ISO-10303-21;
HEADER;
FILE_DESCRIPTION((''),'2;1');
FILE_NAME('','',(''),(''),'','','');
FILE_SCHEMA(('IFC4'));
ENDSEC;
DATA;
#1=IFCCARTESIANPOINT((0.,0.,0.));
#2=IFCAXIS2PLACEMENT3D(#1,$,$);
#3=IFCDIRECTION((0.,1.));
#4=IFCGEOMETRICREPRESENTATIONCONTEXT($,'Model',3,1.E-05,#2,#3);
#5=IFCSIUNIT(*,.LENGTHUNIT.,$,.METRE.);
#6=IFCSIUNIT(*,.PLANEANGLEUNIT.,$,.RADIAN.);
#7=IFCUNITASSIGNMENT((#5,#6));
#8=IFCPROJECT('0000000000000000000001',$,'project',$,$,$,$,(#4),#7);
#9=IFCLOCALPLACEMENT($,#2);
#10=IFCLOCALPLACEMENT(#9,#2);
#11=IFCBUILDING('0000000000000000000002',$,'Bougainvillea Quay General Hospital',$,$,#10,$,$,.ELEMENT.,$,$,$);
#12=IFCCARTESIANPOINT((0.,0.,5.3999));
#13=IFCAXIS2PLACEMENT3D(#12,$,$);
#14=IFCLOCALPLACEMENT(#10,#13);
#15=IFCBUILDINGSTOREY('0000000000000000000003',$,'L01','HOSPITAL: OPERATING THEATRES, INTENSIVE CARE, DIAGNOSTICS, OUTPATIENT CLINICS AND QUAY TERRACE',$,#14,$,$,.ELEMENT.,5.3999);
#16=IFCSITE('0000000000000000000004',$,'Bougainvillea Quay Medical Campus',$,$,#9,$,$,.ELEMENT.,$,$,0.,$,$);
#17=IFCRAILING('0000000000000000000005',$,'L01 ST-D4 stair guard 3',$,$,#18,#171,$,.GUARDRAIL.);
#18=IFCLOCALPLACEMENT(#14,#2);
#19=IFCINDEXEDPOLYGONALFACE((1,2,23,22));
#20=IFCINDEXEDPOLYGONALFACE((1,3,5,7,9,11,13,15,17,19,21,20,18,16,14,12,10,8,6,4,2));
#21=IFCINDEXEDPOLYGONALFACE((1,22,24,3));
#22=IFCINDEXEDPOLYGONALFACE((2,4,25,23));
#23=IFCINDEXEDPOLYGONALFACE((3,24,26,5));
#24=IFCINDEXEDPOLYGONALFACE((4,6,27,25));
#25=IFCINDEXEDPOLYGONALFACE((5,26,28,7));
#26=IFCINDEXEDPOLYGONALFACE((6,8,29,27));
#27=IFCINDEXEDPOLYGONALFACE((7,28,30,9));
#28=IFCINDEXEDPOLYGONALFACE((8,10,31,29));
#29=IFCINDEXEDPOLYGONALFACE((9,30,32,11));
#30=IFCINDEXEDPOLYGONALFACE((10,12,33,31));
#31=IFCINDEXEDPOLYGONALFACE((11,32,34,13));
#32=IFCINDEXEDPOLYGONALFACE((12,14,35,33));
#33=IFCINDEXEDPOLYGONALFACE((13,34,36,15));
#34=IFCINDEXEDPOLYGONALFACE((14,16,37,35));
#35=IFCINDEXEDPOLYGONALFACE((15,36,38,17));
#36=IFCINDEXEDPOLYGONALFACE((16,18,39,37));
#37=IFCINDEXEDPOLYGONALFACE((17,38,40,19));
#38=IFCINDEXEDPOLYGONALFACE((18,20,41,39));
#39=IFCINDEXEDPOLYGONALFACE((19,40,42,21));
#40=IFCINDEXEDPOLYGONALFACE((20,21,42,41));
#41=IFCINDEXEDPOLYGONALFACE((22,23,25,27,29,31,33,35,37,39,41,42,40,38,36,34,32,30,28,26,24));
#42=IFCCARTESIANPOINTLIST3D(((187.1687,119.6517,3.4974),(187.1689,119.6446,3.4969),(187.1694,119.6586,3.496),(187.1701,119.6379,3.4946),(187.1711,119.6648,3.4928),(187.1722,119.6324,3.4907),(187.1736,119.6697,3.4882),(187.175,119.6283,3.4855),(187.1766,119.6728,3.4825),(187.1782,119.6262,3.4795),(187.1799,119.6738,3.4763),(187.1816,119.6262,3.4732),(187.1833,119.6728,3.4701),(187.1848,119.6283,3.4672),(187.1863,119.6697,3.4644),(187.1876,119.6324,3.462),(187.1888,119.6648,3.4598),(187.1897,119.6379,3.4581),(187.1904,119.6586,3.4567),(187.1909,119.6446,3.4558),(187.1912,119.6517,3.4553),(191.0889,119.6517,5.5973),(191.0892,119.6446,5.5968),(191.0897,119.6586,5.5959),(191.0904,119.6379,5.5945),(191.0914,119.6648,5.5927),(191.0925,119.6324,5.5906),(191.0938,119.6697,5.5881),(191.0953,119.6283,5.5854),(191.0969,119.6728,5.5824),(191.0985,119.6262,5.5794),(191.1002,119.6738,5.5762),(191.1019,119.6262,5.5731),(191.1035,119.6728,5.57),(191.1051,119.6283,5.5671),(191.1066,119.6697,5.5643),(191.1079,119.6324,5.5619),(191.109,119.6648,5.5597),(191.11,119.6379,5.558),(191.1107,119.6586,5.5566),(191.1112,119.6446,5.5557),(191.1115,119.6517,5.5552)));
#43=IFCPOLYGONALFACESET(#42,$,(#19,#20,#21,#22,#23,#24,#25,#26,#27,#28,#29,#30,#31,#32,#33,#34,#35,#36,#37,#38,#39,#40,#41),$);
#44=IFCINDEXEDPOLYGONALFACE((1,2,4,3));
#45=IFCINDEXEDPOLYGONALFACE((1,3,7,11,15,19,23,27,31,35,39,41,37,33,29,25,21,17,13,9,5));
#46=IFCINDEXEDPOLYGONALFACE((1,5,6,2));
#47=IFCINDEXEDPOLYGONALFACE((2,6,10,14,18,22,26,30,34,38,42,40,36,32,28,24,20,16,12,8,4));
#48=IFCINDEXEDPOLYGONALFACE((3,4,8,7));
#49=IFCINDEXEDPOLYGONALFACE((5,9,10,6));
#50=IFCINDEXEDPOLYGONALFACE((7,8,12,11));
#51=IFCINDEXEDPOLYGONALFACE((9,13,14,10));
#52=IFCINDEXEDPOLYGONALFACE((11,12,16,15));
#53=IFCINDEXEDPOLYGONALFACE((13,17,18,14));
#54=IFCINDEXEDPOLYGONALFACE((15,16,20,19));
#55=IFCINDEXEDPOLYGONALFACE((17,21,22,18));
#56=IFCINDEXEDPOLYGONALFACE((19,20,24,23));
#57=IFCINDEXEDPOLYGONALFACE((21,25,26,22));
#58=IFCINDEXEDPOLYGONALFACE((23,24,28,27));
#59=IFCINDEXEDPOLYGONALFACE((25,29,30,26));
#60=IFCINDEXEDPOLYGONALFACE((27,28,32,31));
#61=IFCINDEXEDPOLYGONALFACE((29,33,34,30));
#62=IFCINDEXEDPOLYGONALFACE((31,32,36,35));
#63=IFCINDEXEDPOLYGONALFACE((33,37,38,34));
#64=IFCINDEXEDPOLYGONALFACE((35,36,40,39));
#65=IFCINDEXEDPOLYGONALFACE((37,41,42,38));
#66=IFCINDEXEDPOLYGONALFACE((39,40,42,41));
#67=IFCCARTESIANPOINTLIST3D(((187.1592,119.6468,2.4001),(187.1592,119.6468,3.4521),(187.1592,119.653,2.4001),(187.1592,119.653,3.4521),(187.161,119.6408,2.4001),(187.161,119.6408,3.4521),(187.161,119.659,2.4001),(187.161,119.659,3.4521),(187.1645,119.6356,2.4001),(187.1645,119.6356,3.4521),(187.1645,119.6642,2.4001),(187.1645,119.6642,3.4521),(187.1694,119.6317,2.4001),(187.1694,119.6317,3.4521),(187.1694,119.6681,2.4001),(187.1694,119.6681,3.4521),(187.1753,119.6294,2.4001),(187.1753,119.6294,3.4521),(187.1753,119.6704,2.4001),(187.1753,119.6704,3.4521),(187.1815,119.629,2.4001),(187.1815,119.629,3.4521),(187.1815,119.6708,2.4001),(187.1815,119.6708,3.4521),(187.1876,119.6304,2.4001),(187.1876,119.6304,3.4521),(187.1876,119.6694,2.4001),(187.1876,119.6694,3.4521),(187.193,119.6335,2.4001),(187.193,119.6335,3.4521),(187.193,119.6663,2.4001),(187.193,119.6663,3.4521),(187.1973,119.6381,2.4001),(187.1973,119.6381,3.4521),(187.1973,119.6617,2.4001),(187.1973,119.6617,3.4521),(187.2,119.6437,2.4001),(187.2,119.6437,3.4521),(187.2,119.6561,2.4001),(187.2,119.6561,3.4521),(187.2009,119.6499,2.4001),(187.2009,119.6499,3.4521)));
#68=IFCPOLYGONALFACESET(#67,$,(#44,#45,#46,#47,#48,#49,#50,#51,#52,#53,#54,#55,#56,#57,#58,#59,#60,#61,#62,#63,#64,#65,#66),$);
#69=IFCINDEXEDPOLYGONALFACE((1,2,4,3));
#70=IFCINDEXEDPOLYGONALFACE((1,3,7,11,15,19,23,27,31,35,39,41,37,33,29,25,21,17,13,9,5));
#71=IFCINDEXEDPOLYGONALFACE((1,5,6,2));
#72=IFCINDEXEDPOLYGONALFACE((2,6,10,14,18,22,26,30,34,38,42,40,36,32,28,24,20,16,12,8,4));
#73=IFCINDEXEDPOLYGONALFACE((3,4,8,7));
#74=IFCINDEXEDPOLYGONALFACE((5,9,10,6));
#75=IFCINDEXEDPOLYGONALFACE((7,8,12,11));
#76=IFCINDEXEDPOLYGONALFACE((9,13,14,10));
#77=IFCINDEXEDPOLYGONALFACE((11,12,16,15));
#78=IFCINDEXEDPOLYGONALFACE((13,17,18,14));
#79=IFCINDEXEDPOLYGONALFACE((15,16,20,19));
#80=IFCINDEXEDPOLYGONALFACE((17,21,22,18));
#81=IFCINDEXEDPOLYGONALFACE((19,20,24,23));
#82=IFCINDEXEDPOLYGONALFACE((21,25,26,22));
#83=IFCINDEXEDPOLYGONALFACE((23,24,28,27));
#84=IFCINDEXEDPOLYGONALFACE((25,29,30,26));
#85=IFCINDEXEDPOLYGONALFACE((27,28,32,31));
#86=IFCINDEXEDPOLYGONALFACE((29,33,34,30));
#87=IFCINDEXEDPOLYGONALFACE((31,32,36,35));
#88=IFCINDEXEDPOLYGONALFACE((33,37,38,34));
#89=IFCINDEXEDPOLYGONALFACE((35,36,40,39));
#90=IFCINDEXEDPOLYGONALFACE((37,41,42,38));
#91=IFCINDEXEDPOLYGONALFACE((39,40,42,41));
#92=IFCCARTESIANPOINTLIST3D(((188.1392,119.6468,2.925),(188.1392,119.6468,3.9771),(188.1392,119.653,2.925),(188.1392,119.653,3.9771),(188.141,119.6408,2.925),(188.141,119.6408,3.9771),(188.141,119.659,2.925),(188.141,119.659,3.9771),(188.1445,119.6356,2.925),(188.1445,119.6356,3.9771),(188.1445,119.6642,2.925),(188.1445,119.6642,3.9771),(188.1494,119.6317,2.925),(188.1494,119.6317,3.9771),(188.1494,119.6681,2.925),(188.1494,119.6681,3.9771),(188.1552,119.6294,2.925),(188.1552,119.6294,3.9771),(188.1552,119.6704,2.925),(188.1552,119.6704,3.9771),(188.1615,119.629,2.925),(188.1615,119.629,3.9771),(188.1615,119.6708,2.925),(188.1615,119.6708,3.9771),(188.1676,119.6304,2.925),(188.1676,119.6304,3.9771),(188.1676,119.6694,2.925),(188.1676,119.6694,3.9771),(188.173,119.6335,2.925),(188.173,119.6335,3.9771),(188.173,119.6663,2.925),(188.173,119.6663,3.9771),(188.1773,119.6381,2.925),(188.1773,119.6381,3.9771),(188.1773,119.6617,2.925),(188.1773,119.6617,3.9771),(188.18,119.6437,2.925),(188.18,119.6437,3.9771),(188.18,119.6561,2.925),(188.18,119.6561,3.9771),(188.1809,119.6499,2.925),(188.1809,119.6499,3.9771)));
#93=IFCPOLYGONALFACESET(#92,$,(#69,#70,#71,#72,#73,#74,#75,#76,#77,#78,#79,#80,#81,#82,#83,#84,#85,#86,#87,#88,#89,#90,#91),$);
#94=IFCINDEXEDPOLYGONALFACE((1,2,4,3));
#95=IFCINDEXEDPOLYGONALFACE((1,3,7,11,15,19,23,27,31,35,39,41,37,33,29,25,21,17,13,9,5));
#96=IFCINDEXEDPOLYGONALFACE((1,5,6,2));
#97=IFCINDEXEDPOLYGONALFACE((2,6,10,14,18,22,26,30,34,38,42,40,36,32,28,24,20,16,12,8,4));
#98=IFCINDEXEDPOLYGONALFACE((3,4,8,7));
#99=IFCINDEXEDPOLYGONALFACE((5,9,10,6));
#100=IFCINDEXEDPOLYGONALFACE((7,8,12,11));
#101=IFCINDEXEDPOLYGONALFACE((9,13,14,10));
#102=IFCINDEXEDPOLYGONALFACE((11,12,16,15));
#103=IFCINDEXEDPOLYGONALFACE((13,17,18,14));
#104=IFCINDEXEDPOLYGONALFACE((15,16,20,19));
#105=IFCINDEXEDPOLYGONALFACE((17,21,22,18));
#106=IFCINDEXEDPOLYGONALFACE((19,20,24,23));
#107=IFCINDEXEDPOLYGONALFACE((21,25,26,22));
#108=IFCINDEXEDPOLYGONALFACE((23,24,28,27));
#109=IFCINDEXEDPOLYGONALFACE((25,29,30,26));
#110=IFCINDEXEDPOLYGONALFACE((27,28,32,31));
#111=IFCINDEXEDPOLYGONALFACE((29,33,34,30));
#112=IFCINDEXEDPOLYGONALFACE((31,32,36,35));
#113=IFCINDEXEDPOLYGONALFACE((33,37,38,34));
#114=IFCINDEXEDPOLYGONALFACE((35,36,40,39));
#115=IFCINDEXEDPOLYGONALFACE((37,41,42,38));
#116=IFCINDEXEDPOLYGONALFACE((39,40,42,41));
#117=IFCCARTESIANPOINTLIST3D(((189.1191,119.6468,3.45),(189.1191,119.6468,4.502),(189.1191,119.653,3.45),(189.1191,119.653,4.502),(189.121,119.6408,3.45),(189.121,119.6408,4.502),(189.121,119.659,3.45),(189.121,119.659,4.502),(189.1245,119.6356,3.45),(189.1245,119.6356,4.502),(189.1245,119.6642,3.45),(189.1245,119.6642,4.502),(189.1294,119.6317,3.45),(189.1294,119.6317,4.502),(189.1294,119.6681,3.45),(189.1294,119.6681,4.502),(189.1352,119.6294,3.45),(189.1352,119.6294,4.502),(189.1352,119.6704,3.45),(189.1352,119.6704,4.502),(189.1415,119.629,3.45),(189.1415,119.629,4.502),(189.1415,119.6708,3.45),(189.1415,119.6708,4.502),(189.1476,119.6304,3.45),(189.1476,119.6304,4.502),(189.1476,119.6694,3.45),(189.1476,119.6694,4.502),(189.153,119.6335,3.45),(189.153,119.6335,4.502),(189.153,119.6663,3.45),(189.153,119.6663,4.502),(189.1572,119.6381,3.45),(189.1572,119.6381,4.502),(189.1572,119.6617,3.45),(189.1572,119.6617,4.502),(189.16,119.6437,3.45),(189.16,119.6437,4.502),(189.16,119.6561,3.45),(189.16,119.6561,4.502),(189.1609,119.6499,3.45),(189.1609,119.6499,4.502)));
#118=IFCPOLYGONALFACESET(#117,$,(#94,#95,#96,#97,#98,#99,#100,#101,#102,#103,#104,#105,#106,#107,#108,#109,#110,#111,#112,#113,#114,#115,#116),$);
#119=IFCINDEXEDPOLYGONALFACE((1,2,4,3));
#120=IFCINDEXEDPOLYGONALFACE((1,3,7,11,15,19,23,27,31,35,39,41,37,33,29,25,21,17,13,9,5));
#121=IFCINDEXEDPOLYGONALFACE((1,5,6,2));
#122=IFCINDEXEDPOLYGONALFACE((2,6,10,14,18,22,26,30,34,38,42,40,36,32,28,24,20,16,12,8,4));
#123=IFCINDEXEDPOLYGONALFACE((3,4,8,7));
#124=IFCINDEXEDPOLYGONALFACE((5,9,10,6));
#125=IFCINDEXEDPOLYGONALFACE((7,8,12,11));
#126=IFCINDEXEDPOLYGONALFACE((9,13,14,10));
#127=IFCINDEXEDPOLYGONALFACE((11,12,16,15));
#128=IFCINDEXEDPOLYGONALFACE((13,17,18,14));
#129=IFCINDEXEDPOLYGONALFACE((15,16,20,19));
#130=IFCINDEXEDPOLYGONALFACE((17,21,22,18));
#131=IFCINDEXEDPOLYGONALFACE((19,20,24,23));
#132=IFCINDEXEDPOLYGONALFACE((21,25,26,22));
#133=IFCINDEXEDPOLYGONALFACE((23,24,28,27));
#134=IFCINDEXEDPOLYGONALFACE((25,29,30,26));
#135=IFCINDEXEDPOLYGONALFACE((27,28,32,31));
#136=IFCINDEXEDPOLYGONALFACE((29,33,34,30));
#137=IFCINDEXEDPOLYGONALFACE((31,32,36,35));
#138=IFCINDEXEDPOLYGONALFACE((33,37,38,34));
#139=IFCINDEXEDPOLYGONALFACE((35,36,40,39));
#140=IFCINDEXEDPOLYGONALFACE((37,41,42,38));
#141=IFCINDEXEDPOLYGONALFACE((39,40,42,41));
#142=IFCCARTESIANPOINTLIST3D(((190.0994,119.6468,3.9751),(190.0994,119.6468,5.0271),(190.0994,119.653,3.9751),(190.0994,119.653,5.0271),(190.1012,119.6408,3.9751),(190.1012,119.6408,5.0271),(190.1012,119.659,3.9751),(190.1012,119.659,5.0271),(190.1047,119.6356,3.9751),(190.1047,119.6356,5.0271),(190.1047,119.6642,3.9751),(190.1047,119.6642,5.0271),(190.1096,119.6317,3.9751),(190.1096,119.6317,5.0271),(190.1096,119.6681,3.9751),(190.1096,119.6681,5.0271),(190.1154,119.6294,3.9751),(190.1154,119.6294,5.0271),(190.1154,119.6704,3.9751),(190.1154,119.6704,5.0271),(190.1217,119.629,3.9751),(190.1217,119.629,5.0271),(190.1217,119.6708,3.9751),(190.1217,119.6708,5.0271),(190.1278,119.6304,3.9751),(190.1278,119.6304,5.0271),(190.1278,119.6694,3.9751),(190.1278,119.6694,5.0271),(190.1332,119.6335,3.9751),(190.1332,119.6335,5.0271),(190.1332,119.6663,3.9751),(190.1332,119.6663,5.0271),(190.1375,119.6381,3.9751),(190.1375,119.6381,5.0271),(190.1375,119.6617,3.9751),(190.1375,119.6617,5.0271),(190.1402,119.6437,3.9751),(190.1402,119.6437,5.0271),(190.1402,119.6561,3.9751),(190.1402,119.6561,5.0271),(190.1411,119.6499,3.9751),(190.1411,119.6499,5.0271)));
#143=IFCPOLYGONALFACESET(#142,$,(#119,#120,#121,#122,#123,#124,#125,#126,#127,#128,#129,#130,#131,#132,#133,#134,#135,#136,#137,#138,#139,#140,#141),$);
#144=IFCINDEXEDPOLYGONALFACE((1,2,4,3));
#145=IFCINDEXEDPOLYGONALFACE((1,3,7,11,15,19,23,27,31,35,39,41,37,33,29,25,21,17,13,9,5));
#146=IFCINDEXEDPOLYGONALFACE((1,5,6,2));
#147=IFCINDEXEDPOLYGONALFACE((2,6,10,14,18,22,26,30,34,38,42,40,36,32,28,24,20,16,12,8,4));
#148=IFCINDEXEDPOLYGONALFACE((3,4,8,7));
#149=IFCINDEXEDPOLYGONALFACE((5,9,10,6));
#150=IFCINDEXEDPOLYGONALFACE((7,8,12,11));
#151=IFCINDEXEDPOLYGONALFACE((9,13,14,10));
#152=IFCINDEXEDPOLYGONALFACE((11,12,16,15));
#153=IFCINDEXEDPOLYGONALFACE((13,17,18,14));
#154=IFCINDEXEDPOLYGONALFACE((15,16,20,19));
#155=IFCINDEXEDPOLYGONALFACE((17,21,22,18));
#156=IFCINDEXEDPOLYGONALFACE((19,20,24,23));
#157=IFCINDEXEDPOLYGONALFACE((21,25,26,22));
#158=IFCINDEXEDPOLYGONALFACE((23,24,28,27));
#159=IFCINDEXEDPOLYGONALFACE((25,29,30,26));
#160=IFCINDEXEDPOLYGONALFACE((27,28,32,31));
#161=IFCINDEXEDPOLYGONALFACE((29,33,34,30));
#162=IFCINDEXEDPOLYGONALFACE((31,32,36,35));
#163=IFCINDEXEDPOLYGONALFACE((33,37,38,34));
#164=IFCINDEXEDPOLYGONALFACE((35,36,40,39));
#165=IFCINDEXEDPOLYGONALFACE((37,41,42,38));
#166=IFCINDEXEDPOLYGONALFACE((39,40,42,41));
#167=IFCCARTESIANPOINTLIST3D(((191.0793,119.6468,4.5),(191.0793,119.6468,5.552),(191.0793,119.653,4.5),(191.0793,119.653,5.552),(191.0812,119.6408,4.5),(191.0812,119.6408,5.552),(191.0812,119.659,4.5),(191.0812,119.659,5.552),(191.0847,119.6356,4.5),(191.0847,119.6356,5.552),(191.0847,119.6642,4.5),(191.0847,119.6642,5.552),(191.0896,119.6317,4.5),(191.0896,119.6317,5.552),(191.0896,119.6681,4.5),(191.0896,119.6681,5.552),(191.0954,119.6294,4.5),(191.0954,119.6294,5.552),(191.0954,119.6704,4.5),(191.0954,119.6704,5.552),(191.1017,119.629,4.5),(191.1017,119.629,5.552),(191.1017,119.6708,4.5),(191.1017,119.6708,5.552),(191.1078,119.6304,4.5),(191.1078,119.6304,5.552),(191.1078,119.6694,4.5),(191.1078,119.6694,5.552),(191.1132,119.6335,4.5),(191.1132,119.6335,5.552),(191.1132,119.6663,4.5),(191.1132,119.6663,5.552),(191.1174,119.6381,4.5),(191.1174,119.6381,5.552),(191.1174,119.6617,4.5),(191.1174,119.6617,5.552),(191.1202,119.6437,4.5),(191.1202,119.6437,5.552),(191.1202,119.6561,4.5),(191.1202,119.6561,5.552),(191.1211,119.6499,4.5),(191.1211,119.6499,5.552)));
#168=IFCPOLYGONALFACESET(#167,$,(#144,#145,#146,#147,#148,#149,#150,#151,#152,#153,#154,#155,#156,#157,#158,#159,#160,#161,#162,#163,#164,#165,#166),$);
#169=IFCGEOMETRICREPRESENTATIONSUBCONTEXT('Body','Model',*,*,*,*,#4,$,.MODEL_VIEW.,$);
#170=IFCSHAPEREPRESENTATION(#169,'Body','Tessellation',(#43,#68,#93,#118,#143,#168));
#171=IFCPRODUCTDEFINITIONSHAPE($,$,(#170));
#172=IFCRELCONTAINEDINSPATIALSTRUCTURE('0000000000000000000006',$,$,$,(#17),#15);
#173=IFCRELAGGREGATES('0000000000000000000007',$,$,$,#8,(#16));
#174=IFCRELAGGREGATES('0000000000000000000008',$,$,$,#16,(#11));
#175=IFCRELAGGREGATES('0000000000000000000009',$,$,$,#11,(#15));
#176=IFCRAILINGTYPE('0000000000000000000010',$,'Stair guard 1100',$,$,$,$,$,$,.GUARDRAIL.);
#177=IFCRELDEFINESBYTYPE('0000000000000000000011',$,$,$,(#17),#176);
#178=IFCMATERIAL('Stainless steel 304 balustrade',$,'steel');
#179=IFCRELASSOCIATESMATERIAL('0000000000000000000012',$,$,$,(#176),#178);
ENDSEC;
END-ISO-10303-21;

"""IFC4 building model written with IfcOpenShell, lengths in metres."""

from ifc_helpers import new_model, si_unit, direction, frame, origin, origin_2d, place, context, subcontext, project, spatial, circle, extrude, material, type_object, element, save


model = new_model("IFC4")

# Units and contexts
model_context = context("Model", 3, precision=1e-05, world=origin(), true_north=direction((0.0, 1.0)))
body_context = subcontext(model_context, "Body", "Model", "MODEL_VIEW")
ifc_project = project(units=[si_unit("LENGTHUNIT", "METRE"), si_unit("PLANEANGLEUNIT", "RADIAN")], contexts=[model_context])

# Site, building, storey
site_placement = place(None, origin())
site = spatial("IfcSite", under=ifc_project, at=site_placement, Name="Bougainvillea Quay Medical Campus", CompositionType="ELEMENT", RefElevation=0.0)
building_placement = place(site_placement, origin())
building = spatial("IfcBuilding", under=site, at=building_placement, Name="Bougainvillea Quay General Hospital", CompositionType="ELEMENT")
storey_placement = place(building_placement, frame((0.0, 0.0, 5.3999)))
storey = spatial("IfcBuildingStorey", under=building, at=storey_placement, Name="L01", Description="HOSPITAL: OPERATING THEATRES, INTENSIVE CARE, DIAGNOSTICS, OUTPATIENT CLINICS AND QUAY TERRACE", CompositionType="ELEMENT", Elevation=5.3999)

# Railing
ifc_material_1 = material(Name="Stainless steel 304 balustrade", Category="steel")
railing_type_1 = type_object("IfcRailingType", Name="Stair guard 1100", PredefinedType="GUARDRAIL", material=ifc_material_1)
railing_1_placement = place(storey_placement, frame((187.1799, 119.6499, 2.4001)))
element("IfcRailing", 1, at=railing_1_placement, inside=storey, type_object=railing_type_1, Name="L01 ST-D4 stair guard 3", PredefinedType="GUARDRAIL", context=body_context, shape_type="SweptSolid", body=[
    extrude(circle(Radius=0.0239, at=origin_2d()), frame((0.0, 0.0, 1.0762), z_axis=(0.881502, 0.0, 0.47218), x_axis=(0.0, 1.0, 0.0)), (0.0, 0.0, 1.0), 4.4473),
    extrude(circle(Radius=0.021, at=origin_2d()), origin(), (0.0, 0.0, 1.0), 1.052),
    extrude(circle(Radius=0.021, at=origin_2d()), frame((0.98, 0.0, 0.5249)), (0.0, 0.0, 1.0), 1.052),
    extrude(circle(Radius=0.021, at=origin_2d()), frame((1.96, 0.0, 1.0498)), (0.0, 0.0, 1.0), 1.052),
    extrude(circle(Radius=0.021, at=origin_2d()), frame((2.9402, 0.0, 1.575)), (0.0, 0.0, 1.0), 1.052),
    extrude(circle(Radius=0.021, at=origin_2d()), frame((3.9202, 0.0, 2.0999)), (0.0, 0.0, 1.0), 1.052),
])

save(model, "model.ifc")
